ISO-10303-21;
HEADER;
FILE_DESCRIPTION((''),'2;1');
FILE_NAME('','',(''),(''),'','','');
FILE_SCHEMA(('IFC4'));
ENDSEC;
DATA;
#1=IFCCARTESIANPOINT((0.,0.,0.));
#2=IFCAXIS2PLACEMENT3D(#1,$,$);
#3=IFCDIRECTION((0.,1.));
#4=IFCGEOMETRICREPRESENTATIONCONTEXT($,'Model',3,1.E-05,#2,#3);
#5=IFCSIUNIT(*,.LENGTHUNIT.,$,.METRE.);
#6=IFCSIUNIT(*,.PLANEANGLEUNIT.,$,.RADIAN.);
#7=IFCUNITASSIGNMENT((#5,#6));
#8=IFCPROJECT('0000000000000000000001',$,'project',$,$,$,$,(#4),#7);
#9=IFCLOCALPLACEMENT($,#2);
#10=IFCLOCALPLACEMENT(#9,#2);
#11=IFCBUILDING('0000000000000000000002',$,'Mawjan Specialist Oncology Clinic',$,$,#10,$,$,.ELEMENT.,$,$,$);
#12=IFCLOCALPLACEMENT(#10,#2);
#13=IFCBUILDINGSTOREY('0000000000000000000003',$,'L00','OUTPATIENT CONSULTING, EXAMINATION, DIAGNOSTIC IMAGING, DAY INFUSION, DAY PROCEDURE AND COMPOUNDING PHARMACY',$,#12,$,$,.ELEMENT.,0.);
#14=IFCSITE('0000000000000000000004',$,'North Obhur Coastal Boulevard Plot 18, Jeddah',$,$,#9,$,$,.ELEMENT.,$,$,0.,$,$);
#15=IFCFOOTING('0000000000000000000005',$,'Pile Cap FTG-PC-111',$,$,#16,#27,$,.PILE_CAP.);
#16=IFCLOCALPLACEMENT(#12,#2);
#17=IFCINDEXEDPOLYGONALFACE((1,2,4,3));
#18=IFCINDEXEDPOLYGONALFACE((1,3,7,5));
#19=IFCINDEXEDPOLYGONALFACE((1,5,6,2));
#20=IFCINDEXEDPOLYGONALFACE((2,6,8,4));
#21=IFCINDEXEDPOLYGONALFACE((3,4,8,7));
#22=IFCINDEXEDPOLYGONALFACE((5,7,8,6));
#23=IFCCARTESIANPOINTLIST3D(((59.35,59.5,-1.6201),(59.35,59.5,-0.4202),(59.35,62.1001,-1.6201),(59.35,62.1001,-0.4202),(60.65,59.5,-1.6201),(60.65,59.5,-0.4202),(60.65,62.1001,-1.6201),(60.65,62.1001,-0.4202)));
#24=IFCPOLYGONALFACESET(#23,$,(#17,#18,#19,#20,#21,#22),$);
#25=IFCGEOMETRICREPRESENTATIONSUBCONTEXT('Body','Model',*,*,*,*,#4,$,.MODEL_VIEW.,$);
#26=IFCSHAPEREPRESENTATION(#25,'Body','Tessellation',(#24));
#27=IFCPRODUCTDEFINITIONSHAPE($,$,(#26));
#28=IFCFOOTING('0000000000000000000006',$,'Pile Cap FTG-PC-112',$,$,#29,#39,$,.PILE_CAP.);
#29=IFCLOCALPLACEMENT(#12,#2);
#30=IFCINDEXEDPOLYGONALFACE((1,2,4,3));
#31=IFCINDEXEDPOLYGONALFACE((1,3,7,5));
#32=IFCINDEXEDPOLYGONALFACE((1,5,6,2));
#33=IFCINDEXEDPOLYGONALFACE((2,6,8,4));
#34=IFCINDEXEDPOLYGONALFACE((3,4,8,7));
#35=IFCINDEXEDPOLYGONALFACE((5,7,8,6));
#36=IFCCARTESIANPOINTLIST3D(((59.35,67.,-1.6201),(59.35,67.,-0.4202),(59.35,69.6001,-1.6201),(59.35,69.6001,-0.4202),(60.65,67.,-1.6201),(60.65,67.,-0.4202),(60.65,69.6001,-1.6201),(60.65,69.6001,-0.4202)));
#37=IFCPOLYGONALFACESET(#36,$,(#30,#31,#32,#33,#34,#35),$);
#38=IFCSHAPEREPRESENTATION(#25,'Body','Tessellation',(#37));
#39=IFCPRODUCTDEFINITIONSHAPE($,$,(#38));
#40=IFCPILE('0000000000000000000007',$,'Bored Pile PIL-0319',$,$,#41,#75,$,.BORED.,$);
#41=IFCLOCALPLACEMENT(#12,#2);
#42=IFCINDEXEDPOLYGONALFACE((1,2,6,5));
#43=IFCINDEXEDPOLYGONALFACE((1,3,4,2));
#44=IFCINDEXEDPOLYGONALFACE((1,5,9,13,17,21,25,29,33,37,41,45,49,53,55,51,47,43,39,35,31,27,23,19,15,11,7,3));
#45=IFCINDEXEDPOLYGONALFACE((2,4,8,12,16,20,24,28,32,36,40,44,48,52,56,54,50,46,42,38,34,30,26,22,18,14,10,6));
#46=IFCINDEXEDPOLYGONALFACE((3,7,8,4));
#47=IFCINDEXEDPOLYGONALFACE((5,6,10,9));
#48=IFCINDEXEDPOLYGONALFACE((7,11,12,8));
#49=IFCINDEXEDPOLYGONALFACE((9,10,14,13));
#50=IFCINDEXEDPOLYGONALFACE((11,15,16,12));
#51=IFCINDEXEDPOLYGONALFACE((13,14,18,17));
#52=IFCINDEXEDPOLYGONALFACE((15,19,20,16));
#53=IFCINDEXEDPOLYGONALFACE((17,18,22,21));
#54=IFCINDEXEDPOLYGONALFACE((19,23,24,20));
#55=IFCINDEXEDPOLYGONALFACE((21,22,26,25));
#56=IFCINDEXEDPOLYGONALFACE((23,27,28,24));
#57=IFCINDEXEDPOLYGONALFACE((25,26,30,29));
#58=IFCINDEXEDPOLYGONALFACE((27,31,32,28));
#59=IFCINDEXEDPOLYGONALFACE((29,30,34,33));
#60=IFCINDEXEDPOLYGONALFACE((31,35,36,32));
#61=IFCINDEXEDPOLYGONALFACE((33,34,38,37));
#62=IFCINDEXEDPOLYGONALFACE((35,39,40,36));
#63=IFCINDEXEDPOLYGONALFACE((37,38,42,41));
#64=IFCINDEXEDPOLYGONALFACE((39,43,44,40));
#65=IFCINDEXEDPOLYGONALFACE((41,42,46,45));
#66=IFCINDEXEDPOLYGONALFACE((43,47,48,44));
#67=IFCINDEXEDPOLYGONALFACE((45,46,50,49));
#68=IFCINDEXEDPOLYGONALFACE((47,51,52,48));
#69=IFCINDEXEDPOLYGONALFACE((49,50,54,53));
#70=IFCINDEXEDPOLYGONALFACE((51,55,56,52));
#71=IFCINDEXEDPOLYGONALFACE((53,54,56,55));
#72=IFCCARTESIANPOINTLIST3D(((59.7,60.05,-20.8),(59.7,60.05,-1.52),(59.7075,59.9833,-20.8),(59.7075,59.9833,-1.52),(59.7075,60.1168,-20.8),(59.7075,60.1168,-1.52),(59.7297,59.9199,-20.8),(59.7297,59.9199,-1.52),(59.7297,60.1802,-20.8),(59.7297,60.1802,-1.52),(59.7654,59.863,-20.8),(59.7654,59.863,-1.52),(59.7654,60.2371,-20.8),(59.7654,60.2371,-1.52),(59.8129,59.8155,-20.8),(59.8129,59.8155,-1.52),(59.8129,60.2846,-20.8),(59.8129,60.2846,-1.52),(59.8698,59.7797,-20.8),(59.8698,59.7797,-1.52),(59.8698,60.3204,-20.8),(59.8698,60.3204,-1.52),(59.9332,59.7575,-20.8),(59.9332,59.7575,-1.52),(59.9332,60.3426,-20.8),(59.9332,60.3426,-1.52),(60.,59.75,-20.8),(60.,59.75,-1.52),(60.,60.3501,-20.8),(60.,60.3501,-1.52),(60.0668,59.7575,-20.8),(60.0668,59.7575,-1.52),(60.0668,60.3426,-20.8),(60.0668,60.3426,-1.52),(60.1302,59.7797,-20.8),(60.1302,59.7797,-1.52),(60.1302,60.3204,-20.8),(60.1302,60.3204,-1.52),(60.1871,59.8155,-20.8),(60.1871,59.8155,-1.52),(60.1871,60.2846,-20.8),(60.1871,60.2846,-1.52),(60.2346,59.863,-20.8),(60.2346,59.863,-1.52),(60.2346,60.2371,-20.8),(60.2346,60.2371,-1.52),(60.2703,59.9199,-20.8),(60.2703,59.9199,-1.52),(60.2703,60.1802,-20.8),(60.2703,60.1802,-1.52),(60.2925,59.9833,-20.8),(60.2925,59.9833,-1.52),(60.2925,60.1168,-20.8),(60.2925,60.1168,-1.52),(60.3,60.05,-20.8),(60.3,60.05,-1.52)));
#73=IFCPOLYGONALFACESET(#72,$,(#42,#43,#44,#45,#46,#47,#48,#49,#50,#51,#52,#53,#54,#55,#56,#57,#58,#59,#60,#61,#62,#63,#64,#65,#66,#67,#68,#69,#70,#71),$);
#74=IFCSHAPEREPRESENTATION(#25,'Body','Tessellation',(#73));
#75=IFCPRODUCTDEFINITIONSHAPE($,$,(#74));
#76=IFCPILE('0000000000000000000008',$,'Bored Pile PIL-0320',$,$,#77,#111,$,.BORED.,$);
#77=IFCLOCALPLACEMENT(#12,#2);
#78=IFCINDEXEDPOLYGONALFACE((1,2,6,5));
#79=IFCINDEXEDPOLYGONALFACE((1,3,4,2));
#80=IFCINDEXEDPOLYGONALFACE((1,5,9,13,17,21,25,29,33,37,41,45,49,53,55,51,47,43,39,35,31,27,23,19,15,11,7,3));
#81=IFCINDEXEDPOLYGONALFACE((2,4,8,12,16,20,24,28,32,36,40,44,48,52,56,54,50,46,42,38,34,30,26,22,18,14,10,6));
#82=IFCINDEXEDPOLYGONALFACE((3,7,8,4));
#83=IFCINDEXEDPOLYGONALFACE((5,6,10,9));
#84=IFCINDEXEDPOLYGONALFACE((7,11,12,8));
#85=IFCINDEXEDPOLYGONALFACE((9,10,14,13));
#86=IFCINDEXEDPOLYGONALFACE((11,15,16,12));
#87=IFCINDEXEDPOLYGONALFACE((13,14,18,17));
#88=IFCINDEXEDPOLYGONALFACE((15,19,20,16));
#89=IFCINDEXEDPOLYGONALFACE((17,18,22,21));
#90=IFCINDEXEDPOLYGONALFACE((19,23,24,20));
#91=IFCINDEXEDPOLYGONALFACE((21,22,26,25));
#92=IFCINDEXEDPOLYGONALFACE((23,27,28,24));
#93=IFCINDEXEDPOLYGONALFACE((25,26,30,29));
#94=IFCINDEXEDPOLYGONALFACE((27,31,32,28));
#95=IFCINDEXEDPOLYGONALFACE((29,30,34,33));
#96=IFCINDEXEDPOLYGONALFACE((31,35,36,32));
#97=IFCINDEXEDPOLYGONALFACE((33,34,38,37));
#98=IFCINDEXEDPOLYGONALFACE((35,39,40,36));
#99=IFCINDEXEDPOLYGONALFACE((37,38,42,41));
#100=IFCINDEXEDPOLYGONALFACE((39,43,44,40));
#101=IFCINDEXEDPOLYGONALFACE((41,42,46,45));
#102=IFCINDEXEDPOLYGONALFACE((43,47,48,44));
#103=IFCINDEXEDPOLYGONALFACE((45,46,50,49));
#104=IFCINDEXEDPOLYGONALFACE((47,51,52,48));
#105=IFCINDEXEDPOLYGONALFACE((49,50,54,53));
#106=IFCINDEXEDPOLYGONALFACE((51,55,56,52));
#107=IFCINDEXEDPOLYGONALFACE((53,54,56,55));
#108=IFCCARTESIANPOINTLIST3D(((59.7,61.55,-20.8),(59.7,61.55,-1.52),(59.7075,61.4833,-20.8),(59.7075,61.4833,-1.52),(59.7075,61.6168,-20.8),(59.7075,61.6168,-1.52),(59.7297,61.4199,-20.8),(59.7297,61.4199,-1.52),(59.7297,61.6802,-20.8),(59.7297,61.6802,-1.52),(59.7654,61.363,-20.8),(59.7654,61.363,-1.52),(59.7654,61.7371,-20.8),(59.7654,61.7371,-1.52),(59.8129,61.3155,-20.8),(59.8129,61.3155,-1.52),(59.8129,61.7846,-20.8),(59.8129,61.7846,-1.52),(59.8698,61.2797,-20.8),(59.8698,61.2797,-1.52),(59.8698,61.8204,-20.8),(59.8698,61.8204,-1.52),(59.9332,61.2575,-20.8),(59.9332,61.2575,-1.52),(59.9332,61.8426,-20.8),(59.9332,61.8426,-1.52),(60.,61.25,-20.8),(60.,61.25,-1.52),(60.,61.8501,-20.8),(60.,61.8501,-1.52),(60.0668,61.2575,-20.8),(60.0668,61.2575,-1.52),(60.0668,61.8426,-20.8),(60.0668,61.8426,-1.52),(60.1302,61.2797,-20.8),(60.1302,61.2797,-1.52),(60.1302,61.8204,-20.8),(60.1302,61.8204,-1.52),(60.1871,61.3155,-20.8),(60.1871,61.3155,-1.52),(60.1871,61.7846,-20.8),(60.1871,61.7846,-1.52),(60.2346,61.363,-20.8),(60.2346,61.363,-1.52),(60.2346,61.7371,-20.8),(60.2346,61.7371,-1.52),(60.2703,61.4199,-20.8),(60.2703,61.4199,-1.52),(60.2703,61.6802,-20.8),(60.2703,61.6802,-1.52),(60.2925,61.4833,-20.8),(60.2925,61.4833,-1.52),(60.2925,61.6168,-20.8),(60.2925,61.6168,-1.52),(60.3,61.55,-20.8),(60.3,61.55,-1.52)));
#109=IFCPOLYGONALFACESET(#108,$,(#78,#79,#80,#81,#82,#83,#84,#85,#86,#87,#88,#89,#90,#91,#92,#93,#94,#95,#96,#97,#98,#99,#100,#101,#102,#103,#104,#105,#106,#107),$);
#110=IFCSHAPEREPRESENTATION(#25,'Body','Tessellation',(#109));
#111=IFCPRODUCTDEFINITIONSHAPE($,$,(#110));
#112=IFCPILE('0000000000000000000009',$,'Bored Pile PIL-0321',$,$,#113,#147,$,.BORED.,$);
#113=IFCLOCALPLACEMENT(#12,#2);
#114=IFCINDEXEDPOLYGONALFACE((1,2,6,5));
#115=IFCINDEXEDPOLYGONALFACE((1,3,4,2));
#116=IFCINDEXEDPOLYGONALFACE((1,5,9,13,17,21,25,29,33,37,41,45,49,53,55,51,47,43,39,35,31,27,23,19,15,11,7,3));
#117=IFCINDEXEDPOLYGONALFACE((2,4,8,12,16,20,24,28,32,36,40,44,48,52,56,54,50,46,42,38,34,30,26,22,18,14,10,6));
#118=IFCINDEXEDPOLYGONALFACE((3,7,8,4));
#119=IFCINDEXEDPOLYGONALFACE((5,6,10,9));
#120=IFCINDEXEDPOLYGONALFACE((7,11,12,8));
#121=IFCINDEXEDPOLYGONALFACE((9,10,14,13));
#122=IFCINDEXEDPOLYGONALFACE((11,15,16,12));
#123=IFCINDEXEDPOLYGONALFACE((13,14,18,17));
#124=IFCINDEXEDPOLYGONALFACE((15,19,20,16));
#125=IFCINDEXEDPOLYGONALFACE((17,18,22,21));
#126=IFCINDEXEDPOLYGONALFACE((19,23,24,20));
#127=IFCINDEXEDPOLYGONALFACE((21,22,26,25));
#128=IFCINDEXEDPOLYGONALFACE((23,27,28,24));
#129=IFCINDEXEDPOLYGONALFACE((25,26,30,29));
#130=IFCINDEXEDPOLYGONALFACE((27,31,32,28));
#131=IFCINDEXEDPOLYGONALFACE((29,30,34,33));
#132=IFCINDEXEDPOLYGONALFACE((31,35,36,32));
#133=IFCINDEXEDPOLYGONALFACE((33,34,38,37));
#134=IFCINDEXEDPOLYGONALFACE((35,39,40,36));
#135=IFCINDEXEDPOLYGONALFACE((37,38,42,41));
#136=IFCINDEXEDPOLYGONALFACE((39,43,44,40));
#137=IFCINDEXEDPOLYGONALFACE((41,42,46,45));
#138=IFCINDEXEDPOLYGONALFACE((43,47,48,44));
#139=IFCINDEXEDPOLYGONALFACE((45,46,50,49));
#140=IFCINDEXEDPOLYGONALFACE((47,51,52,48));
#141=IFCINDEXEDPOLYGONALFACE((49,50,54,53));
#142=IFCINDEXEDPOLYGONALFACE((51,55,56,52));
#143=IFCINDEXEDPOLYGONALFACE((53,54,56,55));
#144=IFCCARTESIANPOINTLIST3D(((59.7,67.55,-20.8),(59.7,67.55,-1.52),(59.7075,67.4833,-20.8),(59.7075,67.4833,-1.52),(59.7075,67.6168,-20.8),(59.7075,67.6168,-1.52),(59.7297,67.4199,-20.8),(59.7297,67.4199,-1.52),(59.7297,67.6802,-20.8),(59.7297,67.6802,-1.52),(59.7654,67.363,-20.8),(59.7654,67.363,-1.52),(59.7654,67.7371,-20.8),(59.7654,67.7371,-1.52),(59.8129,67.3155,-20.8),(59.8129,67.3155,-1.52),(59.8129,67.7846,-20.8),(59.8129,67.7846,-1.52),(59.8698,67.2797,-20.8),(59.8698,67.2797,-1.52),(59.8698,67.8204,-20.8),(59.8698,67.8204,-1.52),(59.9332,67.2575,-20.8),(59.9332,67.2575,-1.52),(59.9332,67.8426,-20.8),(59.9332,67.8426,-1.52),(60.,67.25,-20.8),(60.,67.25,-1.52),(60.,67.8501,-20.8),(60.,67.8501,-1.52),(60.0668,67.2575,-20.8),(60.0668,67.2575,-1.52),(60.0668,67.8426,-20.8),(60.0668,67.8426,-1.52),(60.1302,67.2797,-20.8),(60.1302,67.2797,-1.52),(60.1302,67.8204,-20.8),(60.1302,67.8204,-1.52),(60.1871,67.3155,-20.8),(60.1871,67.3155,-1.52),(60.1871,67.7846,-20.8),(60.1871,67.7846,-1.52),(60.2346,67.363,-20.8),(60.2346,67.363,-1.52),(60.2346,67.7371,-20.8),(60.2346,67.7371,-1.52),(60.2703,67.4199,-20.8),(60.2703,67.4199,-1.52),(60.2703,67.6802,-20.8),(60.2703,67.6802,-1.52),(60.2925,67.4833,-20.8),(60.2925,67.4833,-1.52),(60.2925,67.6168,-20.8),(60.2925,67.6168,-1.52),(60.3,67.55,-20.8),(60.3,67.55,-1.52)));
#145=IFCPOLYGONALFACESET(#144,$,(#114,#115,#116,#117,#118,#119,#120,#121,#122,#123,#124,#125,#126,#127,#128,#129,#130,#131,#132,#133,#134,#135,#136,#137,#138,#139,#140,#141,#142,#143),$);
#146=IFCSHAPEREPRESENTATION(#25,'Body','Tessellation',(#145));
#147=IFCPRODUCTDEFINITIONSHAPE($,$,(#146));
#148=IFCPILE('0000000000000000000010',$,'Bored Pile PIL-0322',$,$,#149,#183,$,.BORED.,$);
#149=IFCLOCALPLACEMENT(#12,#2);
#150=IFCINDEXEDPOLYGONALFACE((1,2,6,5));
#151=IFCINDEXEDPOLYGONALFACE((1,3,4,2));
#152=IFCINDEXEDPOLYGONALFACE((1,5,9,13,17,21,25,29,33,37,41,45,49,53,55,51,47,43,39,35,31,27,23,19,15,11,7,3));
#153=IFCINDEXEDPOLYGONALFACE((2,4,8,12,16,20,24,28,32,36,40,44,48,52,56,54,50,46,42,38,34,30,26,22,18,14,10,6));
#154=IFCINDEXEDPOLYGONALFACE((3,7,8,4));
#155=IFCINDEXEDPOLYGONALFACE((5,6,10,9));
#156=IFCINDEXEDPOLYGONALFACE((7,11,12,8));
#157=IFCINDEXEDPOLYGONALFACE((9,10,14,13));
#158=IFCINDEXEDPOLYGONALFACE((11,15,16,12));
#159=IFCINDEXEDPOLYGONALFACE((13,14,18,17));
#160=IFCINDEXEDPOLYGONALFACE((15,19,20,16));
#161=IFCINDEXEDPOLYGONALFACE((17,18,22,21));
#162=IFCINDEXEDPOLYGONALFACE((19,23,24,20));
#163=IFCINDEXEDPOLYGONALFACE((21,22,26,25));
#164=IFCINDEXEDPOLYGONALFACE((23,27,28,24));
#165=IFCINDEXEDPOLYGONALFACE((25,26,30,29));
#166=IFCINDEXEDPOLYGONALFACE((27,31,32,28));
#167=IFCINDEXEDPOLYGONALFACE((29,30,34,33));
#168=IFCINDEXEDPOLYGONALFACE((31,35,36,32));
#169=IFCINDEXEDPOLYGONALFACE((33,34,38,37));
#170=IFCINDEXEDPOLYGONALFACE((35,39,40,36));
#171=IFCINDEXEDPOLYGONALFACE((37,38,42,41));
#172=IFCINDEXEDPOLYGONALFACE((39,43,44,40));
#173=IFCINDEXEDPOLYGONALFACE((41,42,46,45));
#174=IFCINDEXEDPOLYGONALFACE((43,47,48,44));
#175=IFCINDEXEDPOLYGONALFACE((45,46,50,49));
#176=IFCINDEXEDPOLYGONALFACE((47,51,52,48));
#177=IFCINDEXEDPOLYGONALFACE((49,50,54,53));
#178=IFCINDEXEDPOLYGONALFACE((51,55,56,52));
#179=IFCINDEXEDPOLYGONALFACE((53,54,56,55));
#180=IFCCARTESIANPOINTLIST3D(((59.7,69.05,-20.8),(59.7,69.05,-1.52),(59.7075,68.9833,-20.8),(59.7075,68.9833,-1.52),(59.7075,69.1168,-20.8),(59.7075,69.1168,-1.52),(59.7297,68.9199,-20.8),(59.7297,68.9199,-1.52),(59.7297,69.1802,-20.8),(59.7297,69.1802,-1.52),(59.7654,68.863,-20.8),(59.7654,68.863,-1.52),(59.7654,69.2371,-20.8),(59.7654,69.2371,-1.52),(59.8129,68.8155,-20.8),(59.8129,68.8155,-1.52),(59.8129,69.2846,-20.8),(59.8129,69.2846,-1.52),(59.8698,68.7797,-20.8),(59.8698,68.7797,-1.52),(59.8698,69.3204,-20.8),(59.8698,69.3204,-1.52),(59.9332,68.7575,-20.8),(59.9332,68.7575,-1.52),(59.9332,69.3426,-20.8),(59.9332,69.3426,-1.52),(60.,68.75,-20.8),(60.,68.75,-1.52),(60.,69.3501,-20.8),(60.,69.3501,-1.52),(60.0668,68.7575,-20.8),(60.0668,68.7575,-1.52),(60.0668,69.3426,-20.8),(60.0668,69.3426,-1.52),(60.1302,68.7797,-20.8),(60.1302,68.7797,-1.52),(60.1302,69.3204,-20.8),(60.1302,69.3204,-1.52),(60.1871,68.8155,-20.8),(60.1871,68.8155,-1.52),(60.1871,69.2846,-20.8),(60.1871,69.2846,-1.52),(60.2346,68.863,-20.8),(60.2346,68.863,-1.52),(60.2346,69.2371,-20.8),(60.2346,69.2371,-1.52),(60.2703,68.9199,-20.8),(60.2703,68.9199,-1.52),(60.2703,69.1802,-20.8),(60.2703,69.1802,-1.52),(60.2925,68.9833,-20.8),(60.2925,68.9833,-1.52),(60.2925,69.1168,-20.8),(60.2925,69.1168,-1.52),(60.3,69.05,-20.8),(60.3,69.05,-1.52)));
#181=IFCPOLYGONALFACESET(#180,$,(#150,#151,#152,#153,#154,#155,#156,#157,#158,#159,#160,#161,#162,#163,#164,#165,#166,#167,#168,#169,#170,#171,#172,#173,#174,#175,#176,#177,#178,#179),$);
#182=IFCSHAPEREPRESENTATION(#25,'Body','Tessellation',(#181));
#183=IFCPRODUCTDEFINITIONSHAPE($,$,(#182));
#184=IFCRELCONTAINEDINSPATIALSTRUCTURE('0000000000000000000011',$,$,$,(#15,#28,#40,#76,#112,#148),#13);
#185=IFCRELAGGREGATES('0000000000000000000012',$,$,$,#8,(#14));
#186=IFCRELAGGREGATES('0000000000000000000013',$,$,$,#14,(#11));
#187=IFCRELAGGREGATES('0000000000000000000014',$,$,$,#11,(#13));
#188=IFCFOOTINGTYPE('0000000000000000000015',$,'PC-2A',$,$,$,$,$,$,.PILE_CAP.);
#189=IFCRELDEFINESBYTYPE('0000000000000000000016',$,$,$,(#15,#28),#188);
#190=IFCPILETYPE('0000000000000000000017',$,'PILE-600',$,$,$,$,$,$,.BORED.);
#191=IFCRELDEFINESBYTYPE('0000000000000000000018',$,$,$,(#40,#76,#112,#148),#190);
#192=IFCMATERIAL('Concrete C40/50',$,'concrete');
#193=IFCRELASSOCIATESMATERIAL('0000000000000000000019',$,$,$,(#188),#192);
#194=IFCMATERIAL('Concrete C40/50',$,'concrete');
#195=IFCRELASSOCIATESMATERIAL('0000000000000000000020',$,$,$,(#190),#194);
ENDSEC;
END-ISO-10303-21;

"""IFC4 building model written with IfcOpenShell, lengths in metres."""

from ifc_helpers import new_model, si_unit, direction, frame, origin, origin_2d, place, context, subcontext, project, spatial, rectangle, circle, extrude, material, material_profile, profile_set, type_object, element, save


model = new_model("IFC4")

# Units and contexts
model_context = context("Model", 3, precision=1e-05, world=origin(), true_north=direction((0.0, 1.0)))
body_context = subcontext(model_context, "Body", "Model", "MODEL_VIEW")
ifc_project = project(units=[si_unit("LENGTHUNIT", "METRE"), si_unit("PLANEANGLEUNIT", "RADIAN")], contexts=[model_context])

# Site, building, storey
site_placement = place(None, origin())
site = spatial("IfcSite", under=ifc_project, at=site_placement, Name="North Obhur Coastal Boulevard Plot 18, Jeddah", CompositionType="ELEMENT", RefElevation=0.0)
building_placement = place(site_placement, origin())
building = spatial("IfcBuilding", under=site, at=building_placement, Name="Mawjan Specialist Oncology Clinic", CompositionType="ELEMENT")
storey_placement = place(building_placement, origin())
storey = spatial("IfcBuildingStorey", under=building, at=storey_placement, Name="L00", Description="OUTPATIENT CONSULTING, EXAMINATION, DIAGNOSTIC IMAGING, DAY INFUSION, DAY PROCEDURE AND COMPOUNDING PHARMACY", CompositionType="ELEMENT", Elevation=0.0)

# Footings
ifc_material_1 = material(Name="Concrete C40/50", Category="concrete")
footing_type_1 = type_object("IfcFootingType", Name="PC-2A", PredefinedType="PILE_CAP", material=ifc_material_1)
for number, where, z_axis, x_axis, name in (
    (1, (60.0, 60.8, -1.6201), (0.0, 0.0, 1.0), (0.0, 1.0, 0.0), "Pile Cap FTG-PC-111"),
    (2, (60.0, 68.3, -1.6201), (0.0, 0.0, 1.0), (0.0, 1.0, 0.0), "Pile Cap FTG-PC-112"),
):
    element("IfcFooting", number, at=place(storey_placement, frame(where, z_axis=z_axis, x_axis=x_axis)), inside=storey, type_object=footing_type_1, Name=name, PredefinedType="PILE_CAP", context=body_context, shape_type="SweptSolid", body=[
        extrude(rectangle(XDim=2.6001, YDim=1.3, at=origin_2d()), origin(), (0.0, 0.0, 1.0), 1.2),
    ])

# Piles
ifc_material_2 = material(Name="Concrete C40/50", Category="concrete")
ifc_material_profile_1 = material_profile(ifc_material_2, circle(Radius=0.3, at=origin_2d()), Name="BORED PILE D600", Category="concrete")
ifc_profile_set_1 = profile_set([ifc_material_profile_1], Name="Concrete C40/50")
pile_type_1 = type_object("IfcPileType", Name="PILE-600", PredefinedType="BORED", material=ifc_profile_set_1)
for number, where, z_axis, x_axis, name in (
    (3, (60.0, 60.05, -1.52), (0.0, 0.0, -1.0), (1.0, 0.0, 0.0), "Bored Pile PIL-0319"),
    (4, (60.0, 61.55, -1.52), (0.0, 0.0, -1.0), (1.0, 0.0, 0.0), "Bored Pile PIL-0320"),
    (5, (60.0, 67.55, -1.52), (0.0, 0.0, -1.0), (1.0, 0.0, 0.0), "Bored Pile PIL-0321"),
    (6, (60.0, 69.05, -1.52), (0.0, 0.0, -1.0), (1.0, 0.0, 0.0), "Bored Pile PIL-0322"),
):
    element("IfcPile", number, at=place(storey_placement, frame(where, z_axis=z_axis, x_axis=x_axis)), inside=storey, type_object=pile_type_1, Name=name, PredefinedType="BORED", context=body_context, shape_type="SweptSolid", body=[
        extrude(circle(Radius=0.3, at=origin_2d()), origin(), (0.0, 0.0, 1.0), 19.28),
    ])

save(model, "model.ifc")
